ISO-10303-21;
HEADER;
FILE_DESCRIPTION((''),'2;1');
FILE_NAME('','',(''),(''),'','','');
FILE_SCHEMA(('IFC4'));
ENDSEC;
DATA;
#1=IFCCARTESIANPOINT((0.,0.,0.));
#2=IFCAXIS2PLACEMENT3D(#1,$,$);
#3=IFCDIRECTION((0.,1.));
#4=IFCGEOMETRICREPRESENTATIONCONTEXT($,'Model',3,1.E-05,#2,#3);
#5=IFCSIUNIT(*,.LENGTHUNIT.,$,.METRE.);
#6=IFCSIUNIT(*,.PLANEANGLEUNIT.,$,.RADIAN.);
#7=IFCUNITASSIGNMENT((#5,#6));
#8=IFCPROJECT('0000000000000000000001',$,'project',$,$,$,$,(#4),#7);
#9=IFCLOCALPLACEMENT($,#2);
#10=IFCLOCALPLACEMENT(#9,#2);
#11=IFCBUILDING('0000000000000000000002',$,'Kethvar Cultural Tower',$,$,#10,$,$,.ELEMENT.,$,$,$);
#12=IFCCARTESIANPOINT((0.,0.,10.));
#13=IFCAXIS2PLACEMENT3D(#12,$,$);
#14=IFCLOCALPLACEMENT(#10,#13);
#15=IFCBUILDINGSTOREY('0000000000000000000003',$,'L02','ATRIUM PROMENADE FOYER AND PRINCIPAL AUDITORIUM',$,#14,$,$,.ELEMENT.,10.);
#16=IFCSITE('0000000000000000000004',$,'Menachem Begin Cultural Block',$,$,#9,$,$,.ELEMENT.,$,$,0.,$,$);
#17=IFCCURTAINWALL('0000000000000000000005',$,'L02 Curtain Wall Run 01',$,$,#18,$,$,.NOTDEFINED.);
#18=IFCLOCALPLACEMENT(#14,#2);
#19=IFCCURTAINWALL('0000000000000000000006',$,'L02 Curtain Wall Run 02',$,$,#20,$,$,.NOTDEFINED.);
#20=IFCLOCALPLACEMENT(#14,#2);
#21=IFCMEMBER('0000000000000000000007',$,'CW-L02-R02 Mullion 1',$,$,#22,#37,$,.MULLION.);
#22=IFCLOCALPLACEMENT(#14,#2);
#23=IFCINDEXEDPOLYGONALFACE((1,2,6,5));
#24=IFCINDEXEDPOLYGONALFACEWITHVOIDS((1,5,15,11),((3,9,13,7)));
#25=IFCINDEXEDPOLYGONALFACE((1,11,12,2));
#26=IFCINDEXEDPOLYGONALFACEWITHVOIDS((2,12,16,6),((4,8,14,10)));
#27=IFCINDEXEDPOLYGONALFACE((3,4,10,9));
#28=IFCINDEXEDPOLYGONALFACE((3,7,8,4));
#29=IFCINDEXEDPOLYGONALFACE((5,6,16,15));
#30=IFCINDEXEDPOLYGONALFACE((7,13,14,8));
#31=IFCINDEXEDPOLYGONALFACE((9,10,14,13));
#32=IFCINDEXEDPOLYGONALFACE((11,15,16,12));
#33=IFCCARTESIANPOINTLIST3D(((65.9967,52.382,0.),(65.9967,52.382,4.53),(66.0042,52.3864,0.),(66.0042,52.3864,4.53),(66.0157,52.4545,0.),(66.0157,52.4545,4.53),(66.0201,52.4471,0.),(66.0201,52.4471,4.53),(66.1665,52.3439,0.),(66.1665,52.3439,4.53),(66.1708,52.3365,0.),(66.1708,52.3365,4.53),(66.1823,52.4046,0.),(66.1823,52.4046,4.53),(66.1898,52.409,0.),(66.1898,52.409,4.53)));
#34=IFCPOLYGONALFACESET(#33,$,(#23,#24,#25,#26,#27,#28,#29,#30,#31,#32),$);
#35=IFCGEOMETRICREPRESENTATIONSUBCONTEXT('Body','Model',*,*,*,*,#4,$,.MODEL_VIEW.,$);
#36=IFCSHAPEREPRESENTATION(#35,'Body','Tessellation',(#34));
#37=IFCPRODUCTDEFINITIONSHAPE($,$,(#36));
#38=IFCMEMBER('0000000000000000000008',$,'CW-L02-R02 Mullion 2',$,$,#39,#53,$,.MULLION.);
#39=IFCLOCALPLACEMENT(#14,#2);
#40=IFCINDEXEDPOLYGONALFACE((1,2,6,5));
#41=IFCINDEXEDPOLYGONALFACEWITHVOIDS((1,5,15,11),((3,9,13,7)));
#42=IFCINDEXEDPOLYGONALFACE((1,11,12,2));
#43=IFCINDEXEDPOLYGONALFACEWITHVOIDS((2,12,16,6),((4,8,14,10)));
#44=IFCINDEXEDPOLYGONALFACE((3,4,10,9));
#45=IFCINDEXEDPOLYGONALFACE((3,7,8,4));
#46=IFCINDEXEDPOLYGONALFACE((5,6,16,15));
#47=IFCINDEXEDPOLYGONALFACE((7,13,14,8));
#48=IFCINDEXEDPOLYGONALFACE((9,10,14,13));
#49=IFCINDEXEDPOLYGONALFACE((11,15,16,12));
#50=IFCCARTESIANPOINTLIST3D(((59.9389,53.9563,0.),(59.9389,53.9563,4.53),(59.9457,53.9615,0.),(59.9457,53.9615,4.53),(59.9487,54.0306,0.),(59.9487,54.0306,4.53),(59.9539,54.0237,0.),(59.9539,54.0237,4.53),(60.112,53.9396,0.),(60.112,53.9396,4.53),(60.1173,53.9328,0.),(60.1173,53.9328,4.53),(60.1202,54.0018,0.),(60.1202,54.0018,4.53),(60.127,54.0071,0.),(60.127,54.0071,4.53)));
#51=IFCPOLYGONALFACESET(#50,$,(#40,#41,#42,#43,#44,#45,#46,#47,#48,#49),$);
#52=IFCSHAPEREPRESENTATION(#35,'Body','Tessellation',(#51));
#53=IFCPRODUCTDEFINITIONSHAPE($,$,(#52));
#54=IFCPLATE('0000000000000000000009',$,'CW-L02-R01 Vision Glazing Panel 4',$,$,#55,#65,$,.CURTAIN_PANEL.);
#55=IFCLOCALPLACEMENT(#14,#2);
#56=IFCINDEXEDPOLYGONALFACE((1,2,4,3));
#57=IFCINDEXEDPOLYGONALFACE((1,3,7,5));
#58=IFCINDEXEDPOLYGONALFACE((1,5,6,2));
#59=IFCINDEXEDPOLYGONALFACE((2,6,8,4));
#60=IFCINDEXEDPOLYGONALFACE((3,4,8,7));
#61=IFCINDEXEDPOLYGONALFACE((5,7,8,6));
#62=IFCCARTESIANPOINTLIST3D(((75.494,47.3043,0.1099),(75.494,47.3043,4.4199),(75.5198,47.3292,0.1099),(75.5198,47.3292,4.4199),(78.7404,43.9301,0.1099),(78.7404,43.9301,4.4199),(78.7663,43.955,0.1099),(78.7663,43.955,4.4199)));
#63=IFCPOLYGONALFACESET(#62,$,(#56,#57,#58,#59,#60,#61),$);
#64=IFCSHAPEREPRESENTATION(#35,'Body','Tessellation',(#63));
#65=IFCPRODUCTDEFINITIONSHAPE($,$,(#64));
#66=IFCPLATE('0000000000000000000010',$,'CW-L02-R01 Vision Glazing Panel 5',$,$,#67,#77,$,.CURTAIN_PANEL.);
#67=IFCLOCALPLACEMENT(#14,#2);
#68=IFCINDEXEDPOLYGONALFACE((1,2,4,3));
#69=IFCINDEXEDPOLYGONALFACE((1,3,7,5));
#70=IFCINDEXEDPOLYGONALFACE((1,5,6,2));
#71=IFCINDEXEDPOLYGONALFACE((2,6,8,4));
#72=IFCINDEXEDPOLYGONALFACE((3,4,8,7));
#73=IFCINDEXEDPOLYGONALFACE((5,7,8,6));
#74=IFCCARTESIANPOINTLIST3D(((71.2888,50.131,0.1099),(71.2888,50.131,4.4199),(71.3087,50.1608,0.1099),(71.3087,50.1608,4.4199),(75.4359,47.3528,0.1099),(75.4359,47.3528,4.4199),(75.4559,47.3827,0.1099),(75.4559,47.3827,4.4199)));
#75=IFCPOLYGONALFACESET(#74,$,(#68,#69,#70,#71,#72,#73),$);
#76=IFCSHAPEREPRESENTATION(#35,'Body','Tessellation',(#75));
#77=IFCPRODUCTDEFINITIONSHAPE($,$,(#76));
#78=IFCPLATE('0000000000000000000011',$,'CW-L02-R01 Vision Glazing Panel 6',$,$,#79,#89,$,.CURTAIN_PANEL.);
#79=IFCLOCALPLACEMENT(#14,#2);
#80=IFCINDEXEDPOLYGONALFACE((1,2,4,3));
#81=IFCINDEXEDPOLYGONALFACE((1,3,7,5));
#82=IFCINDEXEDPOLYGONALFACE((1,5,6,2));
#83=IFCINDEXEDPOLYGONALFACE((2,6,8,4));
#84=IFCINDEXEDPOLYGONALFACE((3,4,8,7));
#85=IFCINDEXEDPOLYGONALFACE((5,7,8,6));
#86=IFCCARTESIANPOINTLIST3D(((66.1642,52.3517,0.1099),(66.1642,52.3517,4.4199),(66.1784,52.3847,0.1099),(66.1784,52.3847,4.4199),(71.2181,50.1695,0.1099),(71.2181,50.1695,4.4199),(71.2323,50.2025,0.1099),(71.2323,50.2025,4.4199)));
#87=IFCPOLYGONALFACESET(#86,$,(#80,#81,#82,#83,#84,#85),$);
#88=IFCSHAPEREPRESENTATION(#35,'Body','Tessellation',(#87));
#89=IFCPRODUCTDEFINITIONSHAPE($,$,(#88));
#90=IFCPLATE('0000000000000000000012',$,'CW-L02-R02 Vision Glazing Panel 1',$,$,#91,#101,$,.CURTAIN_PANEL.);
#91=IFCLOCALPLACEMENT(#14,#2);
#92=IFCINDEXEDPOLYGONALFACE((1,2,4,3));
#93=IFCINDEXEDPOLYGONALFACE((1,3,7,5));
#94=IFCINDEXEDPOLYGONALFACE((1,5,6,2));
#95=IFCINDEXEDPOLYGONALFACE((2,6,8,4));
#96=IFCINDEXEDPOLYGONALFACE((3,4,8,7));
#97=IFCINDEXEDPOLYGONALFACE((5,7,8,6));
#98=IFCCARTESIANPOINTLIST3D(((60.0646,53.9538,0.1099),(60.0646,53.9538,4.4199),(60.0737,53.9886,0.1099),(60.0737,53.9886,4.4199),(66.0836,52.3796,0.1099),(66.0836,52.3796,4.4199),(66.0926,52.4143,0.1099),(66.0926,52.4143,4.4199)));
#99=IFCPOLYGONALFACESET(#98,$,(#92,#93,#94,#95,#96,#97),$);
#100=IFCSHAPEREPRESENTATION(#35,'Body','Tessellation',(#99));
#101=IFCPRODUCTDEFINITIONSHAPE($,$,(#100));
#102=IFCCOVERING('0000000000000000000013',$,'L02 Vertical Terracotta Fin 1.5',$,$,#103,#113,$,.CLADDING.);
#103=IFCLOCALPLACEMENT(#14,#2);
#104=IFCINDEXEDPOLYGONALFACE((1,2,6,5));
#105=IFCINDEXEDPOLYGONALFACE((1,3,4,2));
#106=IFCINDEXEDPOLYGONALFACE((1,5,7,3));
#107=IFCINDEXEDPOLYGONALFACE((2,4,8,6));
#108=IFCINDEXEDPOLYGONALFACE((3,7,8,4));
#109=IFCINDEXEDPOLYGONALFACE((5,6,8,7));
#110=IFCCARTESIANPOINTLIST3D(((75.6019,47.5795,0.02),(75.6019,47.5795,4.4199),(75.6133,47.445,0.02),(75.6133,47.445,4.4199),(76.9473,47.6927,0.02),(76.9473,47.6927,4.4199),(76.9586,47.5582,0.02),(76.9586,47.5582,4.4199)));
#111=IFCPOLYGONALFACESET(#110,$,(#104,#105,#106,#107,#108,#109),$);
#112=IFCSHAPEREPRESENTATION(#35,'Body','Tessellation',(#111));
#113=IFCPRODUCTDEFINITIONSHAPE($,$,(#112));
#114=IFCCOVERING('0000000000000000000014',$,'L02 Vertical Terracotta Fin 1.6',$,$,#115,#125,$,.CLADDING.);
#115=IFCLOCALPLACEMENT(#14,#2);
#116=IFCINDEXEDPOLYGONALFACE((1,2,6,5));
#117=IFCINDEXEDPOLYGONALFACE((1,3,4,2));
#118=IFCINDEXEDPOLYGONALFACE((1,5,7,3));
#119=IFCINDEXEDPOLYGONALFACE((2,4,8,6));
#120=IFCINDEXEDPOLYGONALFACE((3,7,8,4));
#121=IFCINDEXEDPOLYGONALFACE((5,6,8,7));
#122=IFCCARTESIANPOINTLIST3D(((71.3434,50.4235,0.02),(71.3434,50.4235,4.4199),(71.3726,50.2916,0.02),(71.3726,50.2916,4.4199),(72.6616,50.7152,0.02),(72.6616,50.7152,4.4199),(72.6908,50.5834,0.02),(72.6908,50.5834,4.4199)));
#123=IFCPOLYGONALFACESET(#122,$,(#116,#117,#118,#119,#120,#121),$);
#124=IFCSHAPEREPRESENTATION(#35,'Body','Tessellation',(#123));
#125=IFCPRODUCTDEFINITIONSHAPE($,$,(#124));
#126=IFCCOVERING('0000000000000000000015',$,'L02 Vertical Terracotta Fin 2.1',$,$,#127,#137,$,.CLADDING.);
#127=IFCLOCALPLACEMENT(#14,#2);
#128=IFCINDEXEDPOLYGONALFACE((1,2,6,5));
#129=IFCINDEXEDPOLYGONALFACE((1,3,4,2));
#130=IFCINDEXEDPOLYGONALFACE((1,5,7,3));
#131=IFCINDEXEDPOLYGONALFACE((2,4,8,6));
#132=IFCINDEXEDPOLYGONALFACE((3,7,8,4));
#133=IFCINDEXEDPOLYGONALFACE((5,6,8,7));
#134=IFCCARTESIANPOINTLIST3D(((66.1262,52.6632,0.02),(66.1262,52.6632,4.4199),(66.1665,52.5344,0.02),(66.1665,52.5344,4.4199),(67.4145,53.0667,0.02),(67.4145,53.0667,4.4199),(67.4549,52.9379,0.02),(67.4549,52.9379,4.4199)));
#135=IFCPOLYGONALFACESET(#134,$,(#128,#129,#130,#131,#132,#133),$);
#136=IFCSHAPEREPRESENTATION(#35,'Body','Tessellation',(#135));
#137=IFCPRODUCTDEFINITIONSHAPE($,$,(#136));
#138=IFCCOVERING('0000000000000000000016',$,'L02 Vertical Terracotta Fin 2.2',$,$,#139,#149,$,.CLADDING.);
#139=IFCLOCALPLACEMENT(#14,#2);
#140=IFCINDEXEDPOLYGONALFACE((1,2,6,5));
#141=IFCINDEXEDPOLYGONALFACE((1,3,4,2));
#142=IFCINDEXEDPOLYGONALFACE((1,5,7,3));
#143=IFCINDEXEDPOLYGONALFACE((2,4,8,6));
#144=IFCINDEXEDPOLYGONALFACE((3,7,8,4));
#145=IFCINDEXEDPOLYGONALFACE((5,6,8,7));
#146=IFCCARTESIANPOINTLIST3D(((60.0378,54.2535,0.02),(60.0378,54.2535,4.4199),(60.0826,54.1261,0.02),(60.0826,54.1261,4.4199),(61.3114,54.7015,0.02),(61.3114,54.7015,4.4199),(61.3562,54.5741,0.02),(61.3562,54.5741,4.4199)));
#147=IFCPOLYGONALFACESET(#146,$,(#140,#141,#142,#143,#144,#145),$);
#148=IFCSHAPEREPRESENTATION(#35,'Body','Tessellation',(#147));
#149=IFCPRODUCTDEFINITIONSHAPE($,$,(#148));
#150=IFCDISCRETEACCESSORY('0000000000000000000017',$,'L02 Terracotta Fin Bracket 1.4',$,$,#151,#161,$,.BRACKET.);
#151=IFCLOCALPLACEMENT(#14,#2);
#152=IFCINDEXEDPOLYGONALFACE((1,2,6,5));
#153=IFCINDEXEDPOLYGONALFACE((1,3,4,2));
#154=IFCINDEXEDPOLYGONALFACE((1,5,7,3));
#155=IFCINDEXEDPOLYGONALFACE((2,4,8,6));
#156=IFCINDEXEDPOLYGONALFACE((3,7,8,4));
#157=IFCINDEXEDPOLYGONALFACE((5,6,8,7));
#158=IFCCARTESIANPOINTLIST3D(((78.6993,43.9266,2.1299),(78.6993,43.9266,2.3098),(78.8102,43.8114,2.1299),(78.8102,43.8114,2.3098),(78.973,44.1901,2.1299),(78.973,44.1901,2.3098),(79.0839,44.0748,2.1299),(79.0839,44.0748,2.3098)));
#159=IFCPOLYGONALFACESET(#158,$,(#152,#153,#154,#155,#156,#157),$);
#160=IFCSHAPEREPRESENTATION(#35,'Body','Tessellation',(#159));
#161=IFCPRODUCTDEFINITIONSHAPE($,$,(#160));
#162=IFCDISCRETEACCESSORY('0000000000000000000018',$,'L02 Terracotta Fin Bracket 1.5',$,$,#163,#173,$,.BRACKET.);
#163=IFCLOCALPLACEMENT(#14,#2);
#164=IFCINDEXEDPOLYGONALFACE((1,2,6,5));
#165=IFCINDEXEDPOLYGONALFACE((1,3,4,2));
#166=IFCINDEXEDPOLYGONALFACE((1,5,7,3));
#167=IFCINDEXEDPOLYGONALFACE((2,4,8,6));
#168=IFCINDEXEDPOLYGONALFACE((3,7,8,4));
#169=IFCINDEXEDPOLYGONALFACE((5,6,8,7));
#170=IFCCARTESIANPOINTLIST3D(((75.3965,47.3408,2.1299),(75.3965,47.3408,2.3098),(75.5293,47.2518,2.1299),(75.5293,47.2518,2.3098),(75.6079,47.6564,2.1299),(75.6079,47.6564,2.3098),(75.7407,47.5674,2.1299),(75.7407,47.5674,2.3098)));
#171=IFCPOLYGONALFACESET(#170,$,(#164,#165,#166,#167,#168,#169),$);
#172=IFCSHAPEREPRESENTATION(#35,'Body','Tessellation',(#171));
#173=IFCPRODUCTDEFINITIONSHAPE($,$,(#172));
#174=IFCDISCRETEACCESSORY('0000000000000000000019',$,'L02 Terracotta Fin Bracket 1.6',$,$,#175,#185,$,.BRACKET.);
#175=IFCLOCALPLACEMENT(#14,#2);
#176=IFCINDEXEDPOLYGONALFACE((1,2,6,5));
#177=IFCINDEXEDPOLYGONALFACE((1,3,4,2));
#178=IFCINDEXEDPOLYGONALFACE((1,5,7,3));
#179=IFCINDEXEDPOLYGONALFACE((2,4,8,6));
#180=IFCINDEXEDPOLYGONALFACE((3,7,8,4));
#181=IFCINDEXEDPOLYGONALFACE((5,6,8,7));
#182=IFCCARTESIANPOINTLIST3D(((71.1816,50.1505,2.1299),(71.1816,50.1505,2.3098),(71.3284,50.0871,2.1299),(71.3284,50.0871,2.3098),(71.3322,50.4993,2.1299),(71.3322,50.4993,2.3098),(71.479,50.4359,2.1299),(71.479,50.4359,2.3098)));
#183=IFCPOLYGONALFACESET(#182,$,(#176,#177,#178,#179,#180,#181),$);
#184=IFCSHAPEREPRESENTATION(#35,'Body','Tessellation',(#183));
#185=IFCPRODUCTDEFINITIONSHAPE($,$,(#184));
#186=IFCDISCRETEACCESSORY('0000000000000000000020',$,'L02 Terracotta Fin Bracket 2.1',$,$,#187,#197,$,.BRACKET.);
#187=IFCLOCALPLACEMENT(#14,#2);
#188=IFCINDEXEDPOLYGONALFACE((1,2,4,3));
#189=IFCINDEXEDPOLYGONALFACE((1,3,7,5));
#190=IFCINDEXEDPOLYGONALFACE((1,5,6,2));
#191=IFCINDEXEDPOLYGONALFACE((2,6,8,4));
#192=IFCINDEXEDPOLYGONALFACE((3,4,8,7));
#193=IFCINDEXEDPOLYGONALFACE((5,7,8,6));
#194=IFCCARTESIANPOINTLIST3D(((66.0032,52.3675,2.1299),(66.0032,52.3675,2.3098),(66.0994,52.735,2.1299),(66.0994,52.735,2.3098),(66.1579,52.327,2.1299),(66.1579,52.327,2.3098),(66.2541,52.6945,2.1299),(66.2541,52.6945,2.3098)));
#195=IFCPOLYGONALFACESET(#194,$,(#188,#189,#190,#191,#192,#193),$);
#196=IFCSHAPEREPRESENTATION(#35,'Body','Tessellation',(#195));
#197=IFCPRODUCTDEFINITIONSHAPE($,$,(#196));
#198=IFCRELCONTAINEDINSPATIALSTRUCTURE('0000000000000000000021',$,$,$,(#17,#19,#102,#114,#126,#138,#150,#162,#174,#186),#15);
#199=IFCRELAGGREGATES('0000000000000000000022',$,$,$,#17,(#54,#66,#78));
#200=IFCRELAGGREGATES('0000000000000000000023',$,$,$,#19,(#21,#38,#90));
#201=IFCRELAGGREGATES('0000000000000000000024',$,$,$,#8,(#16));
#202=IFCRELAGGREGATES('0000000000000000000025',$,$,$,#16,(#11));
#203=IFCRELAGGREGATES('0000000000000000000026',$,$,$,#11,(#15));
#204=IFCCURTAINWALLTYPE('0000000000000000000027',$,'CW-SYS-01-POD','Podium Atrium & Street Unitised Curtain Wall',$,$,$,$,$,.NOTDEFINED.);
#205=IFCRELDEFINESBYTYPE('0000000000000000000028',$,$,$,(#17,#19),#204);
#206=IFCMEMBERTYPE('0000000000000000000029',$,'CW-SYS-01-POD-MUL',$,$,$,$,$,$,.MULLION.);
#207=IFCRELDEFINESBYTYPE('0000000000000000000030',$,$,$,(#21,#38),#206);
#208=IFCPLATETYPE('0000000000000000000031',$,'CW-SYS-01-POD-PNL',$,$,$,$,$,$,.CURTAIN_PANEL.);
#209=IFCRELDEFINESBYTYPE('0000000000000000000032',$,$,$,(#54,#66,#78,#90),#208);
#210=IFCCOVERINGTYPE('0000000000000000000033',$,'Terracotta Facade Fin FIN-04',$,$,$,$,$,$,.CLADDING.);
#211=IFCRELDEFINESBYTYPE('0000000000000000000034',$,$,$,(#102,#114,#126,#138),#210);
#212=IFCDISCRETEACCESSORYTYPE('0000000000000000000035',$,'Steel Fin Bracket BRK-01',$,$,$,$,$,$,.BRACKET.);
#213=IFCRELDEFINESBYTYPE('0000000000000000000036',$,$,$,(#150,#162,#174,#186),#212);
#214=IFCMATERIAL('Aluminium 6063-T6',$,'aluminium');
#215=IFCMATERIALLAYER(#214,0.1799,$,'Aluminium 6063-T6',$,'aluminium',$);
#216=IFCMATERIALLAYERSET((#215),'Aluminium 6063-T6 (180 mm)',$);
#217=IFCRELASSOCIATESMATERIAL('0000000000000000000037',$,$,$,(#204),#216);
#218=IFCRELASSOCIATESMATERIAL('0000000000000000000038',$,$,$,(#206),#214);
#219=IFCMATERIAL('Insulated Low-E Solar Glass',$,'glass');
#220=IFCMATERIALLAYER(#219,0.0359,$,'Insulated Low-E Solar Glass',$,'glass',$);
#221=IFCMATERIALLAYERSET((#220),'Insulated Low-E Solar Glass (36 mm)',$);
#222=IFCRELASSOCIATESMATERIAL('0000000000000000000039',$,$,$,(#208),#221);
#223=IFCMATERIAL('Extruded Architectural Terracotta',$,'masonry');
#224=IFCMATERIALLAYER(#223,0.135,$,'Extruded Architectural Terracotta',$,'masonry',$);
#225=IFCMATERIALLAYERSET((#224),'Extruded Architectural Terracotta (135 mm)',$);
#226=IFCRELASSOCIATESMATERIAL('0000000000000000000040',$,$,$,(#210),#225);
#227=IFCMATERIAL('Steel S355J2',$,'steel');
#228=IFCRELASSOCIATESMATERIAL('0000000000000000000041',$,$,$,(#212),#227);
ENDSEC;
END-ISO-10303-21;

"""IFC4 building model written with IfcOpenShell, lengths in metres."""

from ifc_helpers import new_model, si_unit, direction, frame, origin, origin_2d, place, context, subcontext, project, spatial, rectangle, hollow_rectangle, extrude, source, transform, mapped, material, layer, layer_set, material_profile, profile_set, type_object, element, aggregate, save


model = new_model("IFC4")

# Units and contexts
model_context = context("Model", 3, precision=1e-05, world=origin(), true_north=direction((0.0, 1.0)))
body_context = subcontext(model_context, "Body", "Model", "MODEL_VIEW")
ifc_project = project(units=[si_unit("LENGTHUNIT", "METRE"), si_unit("PLANEANGLEUNIT", "RADIAN")], contexts=[model_context])

# Site, building, storey
site_placement = place(None, origin())
site = spatial("IfcSite", under=ifc_project, at=site_placement, Name="Menachem Begin Cultural Block", CompositionType="ELEMENT", RefElevation=0.0)
building_placement = place(site_placement, origin())
building = spatial("IfcBuilding", under=site, at=building_placement, Name="Kethvar Cultural Tower", CompositionType="ELEMENT")
storey_placement = place(building_placement, frame((0.0, 0.0, 10.0)))
storey = spatial("IfcBuildingStorey", under=building, at=storey_placement, Name="L02", Description="ATRIUM PROMENADE FOYER AND PRINCIPAL AUDITORIUM", CompositionType="ELEMENT", Elevation=10.0)

# Shared definitions
ifc_material_1 = material(Name="Steel S355J2", Category="steel")

# Curtain walls
ifc_material_2 = material(Name="Aluminium 6063-T6", Category="aluminium")
ifc_layer_1 = layer(ifc_material_2, 0.1799, Name="Aluminium 6063-T6", Category="aluminium")
ifc_layer_set_1 = layer_set([ifc_layer_1], Name="Aluminium 6063-T6 (180 mm)")
curtain_wall_type = type_object("IfcCurtainWallType", Name="CW-SYS-01-POD", Description="Podium Atrium & Street Unitised Curtain Wall", PredefinedType="NOTDEFINED", material=ifc_layer_set_1)
curtain_wall_1_placement = place(storey_placement, origin())
curtain_wall_1 = element("IfcCurtainWall", 1, at=curtain_wall_1_placement, inside=storey, type_object=curtain_wall_type, Name="L02 Curtain Wall Run 01", PredefinedType="NOTDEFINED")
curtain_wall_2_placement = place(storey_placement, origin())
curtain_wall_2 = element("IfcCurtainWall", 2, at=curtain_wall_2_placement, inside=storey, type_object=curtain_wall_type, Name="L02 Curtain Wall Run 02", PredefinedType="NOTDEFINED")

# Members
ifc_material_profile_1 = material_profile(ifc_material_2, hollow_rectangle(XDim=0.075, YDim=0.1799, WallThickness=0.0061, at=origin_2d()), Name="Aluminium 6063-T6 — RHS180x75x6")
ifc_profile_set_1 = profile_set([ifc_material_profile_1], Name="Aluminium 6063-T6 — RHS180x75x6")
member_type_1 = type_object("IfcMemberType", Name="CW-SYS-01-POD-MUL", PredefinedType="MULLION", material=ifc_profile_set_1)
shared_shape_1 = source(origin(), body_context, "Body", "SweptSolid", [
    extrude(hollow_rectangle(XDim=0.075, YDim=0.1799, WallThickness=0.0061, at=origin_2d()), origin(), (0.0, 0.0, 1.0), 4.53),
])
member_1_placement = place(storey_placement, frame((66.0933, 52.3955, 0.0), z_axis=(0.0, 0.0, 1.0), x_axis=(-0.253032, -0.967458, 0.0)))
member_1 = element("IfcMember", 3, at=member_1_placement, type_object=member_type_1, Name="CW-L02-R02 Mullion 1", PredefinedType="MULLION", context=body_context, shape_type="MappedRepresentation", body=[
    mapped(shared_shape_1, transform((0.0, 0.0, 0.0), scale=1.0)),
])
member_2_placement = place(storey_placement, frame((60.033, 53.9817, 0.0), z_axis=(0.0, 0.0, 1.0), x_axis=(-0.130647, -0.991429, 0.0)))
member_2 = element("IfcMember", 4, at=member_2_placement, type_object=member_type_1, Name="CW-L02-R02 Mullion 2", PredefinedType="MULLION", context=body_context, shape_type="MappedRepresentation", body=[
    mapped(shared_shape_1, transform((0.0, 0.0, 0.0), scale=1.0)),
])

# Plates
ifc_material_3 = material(Name="Insulated Low-E Solar Glass", Category="glass")
ifc_layer_2 = layer(ifc_material_3, 0.0359, Name="Insulated Low-E Solar Glass", Category="glass")
ifc_layer_set_2 = layer_set([ifc_layer_2], Name="Insulated Low-E Solar Glass (36 mm)")
plate_type = type_object("IfcPlateType", Name="CW-SYS-01-POD-PNL", PredefinedType="CURTAIN_PANEL", material=ifc_layer_set_2)
shared_shape_2 = source(origin(), body_context, "Body", "SweptSolid", [
    extrude(rectangle(XDim=4.6824, YDim=0.0359, at=origin_2d()), origin(), (0.0, 0.0, 1.0), 4.3101),
])
plate_1_placement = place(storey_placement, frame((77.1301, 45.6296, 0.1099), z_axis=(0.0, 0.0, 1.0), x_axis=(-0.693339, 0.720612, 0.0)))
plate_1 = element("IfcPlate", 5, at=plate_1_placement, type_object=plate_type, Name="CW-L02-R01 Vision Glazing Panel 4", PredefinedType="CURTAIN_PANEL", context=body_context, shape_type="MappedRepresentation", body=[
    mapped(shared_shape_2, transform((0.0, 0.0, 0.0), scale=1.0)),
])
shared_shape_3 = source(origin(), body_context, "Body", "SweptSolid", [
    extrude(rectangle(XDim=4.9917, YDim=0.0359, at=origin_2d()), origin(), (0.0, 0.0, 1.0), 4.3101),
])
plate_2_placement = place(storey_placement, frame((73.3723, 48.7568, 0.1099), z_axis=(0.0, 0.0, 1.0), x_axis=(-0.83081, 0.556557, 0.0)))
plate_2 = element("IfcPlate", 6, at=plate_2_placement, type_object=plate_type, Name="CW-L02-R01 Vision Glazing Panel 5", PredefinedType="CURTAIN_PANEL", context=body_context, shape_type="MappedRepresentation", body=[
    mapped(shared_shape_3, transform((0.0, 0.0, 0.0), scale=1.0)),
])
shared_shape_4 = source(origin(), body_context, "Body", "SweptSolid", [
    extrude(rectangle(XDim=5.5049, YDim=0.0359, at=origin_2d()), origin(), (0.0, 0.0, 1.0), 4.3101),
])
plate_3_placement = place(storey_placement, frame((68.6982, 51.2771, 0.1099), z_axis=(0.0, 0.0, 1.0), x_axis=(-0.918073, 0.396411, 0.0)))
plate_3 = element("IfcPlate", 7, at=plate_3_placement, type_object=plate_type, Name="CW-L02-R01 Vision Glazing Panel 6", PredefinedType="CURTAIN_PANEL", context=body_context, shape_type="MappedRepresentation", body=[
    mapped(shared_shape_4, transform((0.0, 0.0, 0.0), scale=1.0)),
])
aggregate(curtain_wall_1, [plate_1, plate_2, plate_3])
shared_shape_5 = source(origin(), body_context, "Body", "SweptSolid", [
    extrude(rectangle(XDim=6.2214, YDim=0.0359, at=origin_2d()), origin(), (0.0, 0.0, 1.0), 4.3101),
])
plate_4_placement = place(storey_placement, frame((63.0786, 53.1841, 0.1099), z_axis=(0.0, 0.0, 1.0), x_axis=(-0.967458, 0.253032, 0.0)))
plate_4 = element("IfcPlate", 8, at=plate_4_placement, type_object=plate_type, Name="CW-L02-R02 Vision Glazing Panel 1", PredefinedType="CURTAIN_PANEL", context=body_context, shape_type="MappedRepresentation", body=[
    mapped(shared_shape_5, transform((0.0, 0.0, 0.0), scale=1.0)),
])
aggregate(curtain_wall_2, [member_1, member_2, plate_4])

# Coverings
ifc_material_4 = material(Name="Extruded Architectural Terracotta", Category="masonry")
ifc_layer_3 = layer(ifc_material_4, 0.135, Name="Extruded Architectural Terracotta", Category="masonry")
ifc_layer_set_3 = layer_set([ifc_layer_3], Name="Extruded Architectural Terracotta (135 mm)")
covering_type = type_object("IfcCoveringType", Name="Terracotta Facade Fin FIN-04", PredefinedType="CLADDING", material=ifc_layer_set_3)
shared_shape_6 = source(origin(), body_context, "Body", "SweptSolid", [
    extrude(rectangle(XDim=1.3501, YDim=0.135, at=origin_2d()), origin(), (0.0, 0.0, 1.0), 4.3999),
])
for number, where, z_axis, x_axis, name in (
    (9, (76.2803, 47.5688, 0.02), (0.0, 0.0, 1.0), (0.996478, 0.083852, 0.0), "L02 Vertical Terracotta Fin 1.5"),
    (10, (72.0171, 50.5034, 0.02), (0.0, 0.0, 1.0), (0.976371, 0.216099, 0.0), "L02 Vertical Terracotta Fin 1.6"),
    (11, (66.7905, 52.8005, 0.02), (0.0, 0.0, 1.0), (0.954293, 0.298874, 0.0), "L02 Vertical Terracotta Fin 2.1"),
    (12, (60.697, 54.4138, 0.02), (0.0, 0.0, 1.0), (0.943339, 0.331832, 0.0), "L02 Vertical Terracotta Fin 2.2"),
):
    element("IfcCovering", number, at=place(storey_placement, frame(where, z_axis=z_axis, x_axis=x_axis)), inside=storey, type_object=covering_type, Name=name, PredefinedType="CLADDING", context=body_context, shape_type="MappedRepresentation", body=[
        mapped(shared_shape_6, transform((0.0, 0.0, 0.0), scale=1.0)),
    ])

# Discrete accessories
discrete_accessory_type = type_object("IfcDiscreteAccessoryType", Name="Steel Fin Bracket BRK-01", PredefinedType="BRACKET", material=ifc_material_1)
shared_shape_7 = source(origin(), body_context, "Body", "SweptSolid", [
    extrude(rectangle(XDim=0.3799, YDim=0.1599, at=origin_2d()), origin(), (0.0, 0.0, 1.0), 0.1799),
])
for number, where, z_axis, x_axis, name in (
    (13, (78.8916, 44.0007, 2.1299), (0.0, 0.0, 1.0), (0.720551, 0.693402, 0.0), "L02 Terracotta Fin Bracket 1.4"),
    (14, (75.5686, 47.4541, 2.1299), (0.0, 0.0, 1.0), (0.556586, 0.83079, 0.0), "L02 Terracotta Fin Bracket 1.5"),
    (15, (71.3303, 50.2932, 2.1299), (0.0, 0.0, 1.0), (0.396347, 0.918101, 0.0), "L02 Terracotta Fin Bracket 1.6"),
    (16, (66.1287, 52.531, 2.1299), (0.0, 0.0, 1.0), (0.253083, 0.967445, 0.0), "L02 Terracotta Fin Bracket 2.1"),
):
    element("IfcDiscreteAccessory", number, at=place(storey_placement, frame(where, z_axis=z_axis, x_axis=x_axis)), inside=storey, type_object=discrete_accessory_type, Name=name, PredefinedType="BRACKET", context=body_context, shape_type="MappedRepresentation", body=[
        mapped(shared_shape_7, transform((0.0, 0.0, 0.0), scale=1.0)),
    ])

save(model, "model.ifc")
